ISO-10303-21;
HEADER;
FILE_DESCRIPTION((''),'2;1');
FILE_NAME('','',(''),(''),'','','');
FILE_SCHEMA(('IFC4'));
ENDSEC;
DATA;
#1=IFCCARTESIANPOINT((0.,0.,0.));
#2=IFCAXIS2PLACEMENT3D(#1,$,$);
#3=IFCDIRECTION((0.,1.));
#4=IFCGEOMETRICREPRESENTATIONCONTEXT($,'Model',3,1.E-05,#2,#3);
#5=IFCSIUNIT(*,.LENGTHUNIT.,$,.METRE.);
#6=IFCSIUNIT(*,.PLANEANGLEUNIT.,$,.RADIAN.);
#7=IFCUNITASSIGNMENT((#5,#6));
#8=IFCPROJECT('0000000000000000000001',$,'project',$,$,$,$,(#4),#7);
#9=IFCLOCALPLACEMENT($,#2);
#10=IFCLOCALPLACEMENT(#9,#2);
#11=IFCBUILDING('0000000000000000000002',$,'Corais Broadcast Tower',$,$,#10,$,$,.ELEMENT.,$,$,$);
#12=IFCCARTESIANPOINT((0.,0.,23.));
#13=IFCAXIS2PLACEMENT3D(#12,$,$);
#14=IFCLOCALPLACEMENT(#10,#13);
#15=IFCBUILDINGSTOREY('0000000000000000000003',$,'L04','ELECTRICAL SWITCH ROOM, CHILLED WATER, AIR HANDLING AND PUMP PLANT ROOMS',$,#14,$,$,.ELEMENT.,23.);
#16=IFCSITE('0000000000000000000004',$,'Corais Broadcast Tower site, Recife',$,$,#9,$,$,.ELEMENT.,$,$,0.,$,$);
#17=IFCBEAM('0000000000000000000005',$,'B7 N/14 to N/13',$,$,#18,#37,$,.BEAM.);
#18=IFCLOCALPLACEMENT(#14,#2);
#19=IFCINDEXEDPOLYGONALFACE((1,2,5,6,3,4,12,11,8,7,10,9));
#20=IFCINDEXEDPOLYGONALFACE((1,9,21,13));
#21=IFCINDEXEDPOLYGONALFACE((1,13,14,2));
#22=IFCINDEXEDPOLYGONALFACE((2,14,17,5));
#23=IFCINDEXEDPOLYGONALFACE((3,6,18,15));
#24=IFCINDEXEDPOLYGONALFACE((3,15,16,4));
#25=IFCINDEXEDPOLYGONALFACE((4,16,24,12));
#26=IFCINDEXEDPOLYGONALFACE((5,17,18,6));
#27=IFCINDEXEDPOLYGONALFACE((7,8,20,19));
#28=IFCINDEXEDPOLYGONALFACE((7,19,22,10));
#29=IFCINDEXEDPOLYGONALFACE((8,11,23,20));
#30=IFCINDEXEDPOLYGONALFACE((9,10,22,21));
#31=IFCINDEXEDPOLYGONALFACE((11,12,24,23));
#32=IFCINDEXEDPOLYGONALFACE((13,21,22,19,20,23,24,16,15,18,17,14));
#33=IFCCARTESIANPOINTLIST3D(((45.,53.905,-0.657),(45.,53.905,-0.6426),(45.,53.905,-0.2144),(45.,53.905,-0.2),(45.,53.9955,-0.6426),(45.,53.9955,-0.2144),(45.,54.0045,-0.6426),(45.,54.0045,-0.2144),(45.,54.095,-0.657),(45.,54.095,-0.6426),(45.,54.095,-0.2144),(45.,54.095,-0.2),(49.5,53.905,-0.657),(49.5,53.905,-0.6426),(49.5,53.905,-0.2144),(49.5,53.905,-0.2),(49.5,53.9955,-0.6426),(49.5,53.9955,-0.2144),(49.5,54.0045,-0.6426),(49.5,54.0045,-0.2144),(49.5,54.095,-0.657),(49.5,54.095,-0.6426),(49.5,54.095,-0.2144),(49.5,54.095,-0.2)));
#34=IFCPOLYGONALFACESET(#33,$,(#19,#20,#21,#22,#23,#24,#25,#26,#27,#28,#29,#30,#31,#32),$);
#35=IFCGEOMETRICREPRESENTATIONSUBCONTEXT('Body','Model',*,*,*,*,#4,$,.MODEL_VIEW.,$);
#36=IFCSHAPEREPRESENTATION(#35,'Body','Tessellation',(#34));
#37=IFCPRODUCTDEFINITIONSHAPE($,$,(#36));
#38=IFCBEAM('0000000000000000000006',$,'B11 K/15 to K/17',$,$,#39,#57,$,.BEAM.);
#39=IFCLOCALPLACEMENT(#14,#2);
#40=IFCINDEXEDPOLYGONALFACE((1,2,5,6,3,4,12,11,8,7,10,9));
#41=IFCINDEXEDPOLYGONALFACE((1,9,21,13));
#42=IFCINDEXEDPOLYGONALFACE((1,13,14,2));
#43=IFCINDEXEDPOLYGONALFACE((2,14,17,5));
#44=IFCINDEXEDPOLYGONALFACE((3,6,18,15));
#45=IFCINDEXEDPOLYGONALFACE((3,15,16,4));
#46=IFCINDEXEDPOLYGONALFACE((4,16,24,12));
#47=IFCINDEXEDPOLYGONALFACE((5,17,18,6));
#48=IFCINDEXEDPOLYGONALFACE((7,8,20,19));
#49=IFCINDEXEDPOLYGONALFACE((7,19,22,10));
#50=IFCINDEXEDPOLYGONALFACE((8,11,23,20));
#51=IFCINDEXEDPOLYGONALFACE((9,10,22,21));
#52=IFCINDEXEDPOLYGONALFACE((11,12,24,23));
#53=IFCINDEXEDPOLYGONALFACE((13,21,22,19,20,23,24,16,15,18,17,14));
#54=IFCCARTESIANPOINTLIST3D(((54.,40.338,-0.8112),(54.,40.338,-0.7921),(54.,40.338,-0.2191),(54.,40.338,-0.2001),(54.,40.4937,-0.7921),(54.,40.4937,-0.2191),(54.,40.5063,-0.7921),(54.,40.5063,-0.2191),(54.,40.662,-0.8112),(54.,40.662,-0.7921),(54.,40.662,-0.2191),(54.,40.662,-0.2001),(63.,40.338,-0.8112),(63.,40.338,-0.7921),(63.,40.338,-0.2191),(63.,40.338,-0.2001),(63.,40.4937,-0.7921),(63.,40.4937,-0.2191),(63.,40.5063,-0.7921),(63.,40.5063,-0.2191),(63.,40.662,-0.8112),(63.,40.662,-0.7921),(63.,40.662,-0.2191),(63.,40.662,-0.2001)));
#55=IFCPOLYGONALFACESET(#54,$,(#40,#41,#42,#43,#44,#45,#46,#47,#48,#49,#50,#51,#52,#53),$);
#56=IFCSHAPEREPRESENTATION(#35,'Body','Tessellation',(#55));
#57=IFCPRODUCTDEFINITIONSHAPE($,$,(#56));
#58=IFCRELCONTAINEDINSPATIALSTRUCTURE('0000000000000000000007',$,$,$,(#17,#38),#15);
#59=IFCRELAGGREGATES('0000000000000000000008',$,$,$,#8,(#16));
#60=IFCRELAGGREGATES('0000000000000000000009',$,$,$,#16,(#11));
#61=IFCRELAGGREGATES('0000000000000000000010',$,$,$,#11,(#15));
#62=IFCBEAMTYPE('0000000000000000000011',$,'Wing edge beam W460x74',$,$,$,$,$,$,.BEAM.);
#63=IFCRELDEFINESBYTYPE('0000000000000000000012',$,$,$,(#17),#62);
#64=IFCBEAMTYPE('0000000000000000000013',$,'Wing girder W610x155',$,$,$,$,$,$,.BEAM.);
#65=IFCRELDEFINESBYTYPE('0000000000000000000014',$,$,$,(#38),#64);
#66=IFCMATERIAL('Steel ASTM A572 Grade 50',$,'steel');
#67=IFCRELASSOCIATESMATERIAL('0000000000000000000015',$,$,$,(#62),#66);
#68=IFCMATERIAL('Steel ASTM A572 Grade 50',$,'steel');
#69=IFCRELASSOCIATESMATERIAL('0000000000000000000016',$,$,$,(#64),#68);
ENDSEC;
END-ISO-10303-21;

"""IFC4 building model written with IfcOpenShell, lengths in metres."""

from ifc_helpers import new_model, si_unit, direction, frame, origin, origin_2d, place, context, subcontext, project, spatial, i_section, extrude, material, material_profile, profile_set, type_object, element, save


model = new_model("IFC4")

# Units and contexts
model_context = context("Model", 3, precision=1e-05, world=origin(), true_north=direction((0.0, 1.0)))
body_context = subcontext(model_context, "Body", "Model", "MODEL_VIEW")
ifc_project = project(units=[si_unit("LENGTHUNIT", "METRE"), si_unit("PLANEANGLEUNIT", "RADIAN")], contexts=[model_context])

# Site, building, storey
site_placement = place(None, origin())
site = spatial("IfcSite", under=ifc_project, at=site_placement, Name="Corais Broadcast Tower site, Recife", CompositionType="ELEMENT", RefElevation=0.0)
building_placement = place(site_placement, origin())
building = spatial("IfcBuilding", under=site, at=building_placement, Name="Corais Broadcast Tower", CompositionType="ELEMENT")
storey_placement = place(building_placement, frame((0.0, 0.0, 23.0)))
storey = spatial("IfcBuildingStorey", under=building, at=storey_placement, Name="L04", Description="ELECTRICAL SWITCH ROOM, CHILLED WATER, AIR HANDLING AND PUMP PLANT ROOMS", CompositionType="ELEMENT", Elevation=23.0)

# Beams
ifc_material_1 = material(Name="Steel ASTM A572 Grade 50", Category="steel")
ifc_material_profile_1 = material_profile(ifc_material_1, i_section(OverallWidth=0.1899, OverallDepth=0.457, WebThickness=0.009, FlangeThickness=0.0144, at=origin_2d()), Name="W460x74")
ifc_profile_set_1 = profile_set([ifc_material_profile_1], Name="Steel ASTM A572 Grade 50")
beam_type_1 = type_object("IfcBeamType", Name="Wing edge beam W460x74", PredefinedType="BEAM", material=ifc_profile_set_1)
beam_1_placement = place(storey_placement, frame((49.5, 54.0, -0.4285), z_axis=(-1.0, 0.0, 0.0), x_axis=(0.0, -1.0, 0.0)))
element("IfcBeam", 1, at=beam_1_placement, inside=storey, type_object=beam_type_1, Name="B7 N/14 to N/13", PredefinedType="BEAM", context=body_context, shape_type="SweptSolid", body=[
    extrude(i_section(OverallWidth=0.1899, OverallDepth=0.457, WebThickness=0.009, FlangeThickness=0.0144, at=origin_2d()), origin(), (0.0, 0.0, 1.0), 4.5),
])
ifc_material_2 = material(Name="Steel ASTM A572 Grade 50", Category="steel")
ifc_material_profile_2 = material_profile(ifc_material_2, i_section(OverallWidth=0.324, OverallDepth=0.6111, WebThickness=0.0127, FlangeThickness=0.019, at=origin_2d()), Name="W610x155")
ifc_profile_set_2 = profile_set([ifc_material_profile_2], Name="Steel ASTM A572 Grade 50")
beam_type_2 = type_object("IfcBeamType", Name="Wing girder W610x155", PredefinedType="BEAM", material=ifc_profile_set_2)
beam_2_placement = place(storey_placement, frame((54.0, 40.5, -0.5056), z_axis=(1.0, 0.0, 0.0), x_axis=(0.0, 1.0, 0.0)))
element("IfcBeam", 2, at=beam_2_placement, inside=storey, type_object=beam_type_2, Name="B11 K/15 to K/17", PredefinedType="BEAM", context=body_context, shape_type="SweptSolid", body=[
    extrude(i_section(OverallWidth=0.324, OverallDepth=0.6111, WebThickness=0.0127, FlangeThickness=0.019, at=origin_2d()), origin(), (0.0, 0.0, 1.0), 9.0),
])

save(model, "model.ifc")
